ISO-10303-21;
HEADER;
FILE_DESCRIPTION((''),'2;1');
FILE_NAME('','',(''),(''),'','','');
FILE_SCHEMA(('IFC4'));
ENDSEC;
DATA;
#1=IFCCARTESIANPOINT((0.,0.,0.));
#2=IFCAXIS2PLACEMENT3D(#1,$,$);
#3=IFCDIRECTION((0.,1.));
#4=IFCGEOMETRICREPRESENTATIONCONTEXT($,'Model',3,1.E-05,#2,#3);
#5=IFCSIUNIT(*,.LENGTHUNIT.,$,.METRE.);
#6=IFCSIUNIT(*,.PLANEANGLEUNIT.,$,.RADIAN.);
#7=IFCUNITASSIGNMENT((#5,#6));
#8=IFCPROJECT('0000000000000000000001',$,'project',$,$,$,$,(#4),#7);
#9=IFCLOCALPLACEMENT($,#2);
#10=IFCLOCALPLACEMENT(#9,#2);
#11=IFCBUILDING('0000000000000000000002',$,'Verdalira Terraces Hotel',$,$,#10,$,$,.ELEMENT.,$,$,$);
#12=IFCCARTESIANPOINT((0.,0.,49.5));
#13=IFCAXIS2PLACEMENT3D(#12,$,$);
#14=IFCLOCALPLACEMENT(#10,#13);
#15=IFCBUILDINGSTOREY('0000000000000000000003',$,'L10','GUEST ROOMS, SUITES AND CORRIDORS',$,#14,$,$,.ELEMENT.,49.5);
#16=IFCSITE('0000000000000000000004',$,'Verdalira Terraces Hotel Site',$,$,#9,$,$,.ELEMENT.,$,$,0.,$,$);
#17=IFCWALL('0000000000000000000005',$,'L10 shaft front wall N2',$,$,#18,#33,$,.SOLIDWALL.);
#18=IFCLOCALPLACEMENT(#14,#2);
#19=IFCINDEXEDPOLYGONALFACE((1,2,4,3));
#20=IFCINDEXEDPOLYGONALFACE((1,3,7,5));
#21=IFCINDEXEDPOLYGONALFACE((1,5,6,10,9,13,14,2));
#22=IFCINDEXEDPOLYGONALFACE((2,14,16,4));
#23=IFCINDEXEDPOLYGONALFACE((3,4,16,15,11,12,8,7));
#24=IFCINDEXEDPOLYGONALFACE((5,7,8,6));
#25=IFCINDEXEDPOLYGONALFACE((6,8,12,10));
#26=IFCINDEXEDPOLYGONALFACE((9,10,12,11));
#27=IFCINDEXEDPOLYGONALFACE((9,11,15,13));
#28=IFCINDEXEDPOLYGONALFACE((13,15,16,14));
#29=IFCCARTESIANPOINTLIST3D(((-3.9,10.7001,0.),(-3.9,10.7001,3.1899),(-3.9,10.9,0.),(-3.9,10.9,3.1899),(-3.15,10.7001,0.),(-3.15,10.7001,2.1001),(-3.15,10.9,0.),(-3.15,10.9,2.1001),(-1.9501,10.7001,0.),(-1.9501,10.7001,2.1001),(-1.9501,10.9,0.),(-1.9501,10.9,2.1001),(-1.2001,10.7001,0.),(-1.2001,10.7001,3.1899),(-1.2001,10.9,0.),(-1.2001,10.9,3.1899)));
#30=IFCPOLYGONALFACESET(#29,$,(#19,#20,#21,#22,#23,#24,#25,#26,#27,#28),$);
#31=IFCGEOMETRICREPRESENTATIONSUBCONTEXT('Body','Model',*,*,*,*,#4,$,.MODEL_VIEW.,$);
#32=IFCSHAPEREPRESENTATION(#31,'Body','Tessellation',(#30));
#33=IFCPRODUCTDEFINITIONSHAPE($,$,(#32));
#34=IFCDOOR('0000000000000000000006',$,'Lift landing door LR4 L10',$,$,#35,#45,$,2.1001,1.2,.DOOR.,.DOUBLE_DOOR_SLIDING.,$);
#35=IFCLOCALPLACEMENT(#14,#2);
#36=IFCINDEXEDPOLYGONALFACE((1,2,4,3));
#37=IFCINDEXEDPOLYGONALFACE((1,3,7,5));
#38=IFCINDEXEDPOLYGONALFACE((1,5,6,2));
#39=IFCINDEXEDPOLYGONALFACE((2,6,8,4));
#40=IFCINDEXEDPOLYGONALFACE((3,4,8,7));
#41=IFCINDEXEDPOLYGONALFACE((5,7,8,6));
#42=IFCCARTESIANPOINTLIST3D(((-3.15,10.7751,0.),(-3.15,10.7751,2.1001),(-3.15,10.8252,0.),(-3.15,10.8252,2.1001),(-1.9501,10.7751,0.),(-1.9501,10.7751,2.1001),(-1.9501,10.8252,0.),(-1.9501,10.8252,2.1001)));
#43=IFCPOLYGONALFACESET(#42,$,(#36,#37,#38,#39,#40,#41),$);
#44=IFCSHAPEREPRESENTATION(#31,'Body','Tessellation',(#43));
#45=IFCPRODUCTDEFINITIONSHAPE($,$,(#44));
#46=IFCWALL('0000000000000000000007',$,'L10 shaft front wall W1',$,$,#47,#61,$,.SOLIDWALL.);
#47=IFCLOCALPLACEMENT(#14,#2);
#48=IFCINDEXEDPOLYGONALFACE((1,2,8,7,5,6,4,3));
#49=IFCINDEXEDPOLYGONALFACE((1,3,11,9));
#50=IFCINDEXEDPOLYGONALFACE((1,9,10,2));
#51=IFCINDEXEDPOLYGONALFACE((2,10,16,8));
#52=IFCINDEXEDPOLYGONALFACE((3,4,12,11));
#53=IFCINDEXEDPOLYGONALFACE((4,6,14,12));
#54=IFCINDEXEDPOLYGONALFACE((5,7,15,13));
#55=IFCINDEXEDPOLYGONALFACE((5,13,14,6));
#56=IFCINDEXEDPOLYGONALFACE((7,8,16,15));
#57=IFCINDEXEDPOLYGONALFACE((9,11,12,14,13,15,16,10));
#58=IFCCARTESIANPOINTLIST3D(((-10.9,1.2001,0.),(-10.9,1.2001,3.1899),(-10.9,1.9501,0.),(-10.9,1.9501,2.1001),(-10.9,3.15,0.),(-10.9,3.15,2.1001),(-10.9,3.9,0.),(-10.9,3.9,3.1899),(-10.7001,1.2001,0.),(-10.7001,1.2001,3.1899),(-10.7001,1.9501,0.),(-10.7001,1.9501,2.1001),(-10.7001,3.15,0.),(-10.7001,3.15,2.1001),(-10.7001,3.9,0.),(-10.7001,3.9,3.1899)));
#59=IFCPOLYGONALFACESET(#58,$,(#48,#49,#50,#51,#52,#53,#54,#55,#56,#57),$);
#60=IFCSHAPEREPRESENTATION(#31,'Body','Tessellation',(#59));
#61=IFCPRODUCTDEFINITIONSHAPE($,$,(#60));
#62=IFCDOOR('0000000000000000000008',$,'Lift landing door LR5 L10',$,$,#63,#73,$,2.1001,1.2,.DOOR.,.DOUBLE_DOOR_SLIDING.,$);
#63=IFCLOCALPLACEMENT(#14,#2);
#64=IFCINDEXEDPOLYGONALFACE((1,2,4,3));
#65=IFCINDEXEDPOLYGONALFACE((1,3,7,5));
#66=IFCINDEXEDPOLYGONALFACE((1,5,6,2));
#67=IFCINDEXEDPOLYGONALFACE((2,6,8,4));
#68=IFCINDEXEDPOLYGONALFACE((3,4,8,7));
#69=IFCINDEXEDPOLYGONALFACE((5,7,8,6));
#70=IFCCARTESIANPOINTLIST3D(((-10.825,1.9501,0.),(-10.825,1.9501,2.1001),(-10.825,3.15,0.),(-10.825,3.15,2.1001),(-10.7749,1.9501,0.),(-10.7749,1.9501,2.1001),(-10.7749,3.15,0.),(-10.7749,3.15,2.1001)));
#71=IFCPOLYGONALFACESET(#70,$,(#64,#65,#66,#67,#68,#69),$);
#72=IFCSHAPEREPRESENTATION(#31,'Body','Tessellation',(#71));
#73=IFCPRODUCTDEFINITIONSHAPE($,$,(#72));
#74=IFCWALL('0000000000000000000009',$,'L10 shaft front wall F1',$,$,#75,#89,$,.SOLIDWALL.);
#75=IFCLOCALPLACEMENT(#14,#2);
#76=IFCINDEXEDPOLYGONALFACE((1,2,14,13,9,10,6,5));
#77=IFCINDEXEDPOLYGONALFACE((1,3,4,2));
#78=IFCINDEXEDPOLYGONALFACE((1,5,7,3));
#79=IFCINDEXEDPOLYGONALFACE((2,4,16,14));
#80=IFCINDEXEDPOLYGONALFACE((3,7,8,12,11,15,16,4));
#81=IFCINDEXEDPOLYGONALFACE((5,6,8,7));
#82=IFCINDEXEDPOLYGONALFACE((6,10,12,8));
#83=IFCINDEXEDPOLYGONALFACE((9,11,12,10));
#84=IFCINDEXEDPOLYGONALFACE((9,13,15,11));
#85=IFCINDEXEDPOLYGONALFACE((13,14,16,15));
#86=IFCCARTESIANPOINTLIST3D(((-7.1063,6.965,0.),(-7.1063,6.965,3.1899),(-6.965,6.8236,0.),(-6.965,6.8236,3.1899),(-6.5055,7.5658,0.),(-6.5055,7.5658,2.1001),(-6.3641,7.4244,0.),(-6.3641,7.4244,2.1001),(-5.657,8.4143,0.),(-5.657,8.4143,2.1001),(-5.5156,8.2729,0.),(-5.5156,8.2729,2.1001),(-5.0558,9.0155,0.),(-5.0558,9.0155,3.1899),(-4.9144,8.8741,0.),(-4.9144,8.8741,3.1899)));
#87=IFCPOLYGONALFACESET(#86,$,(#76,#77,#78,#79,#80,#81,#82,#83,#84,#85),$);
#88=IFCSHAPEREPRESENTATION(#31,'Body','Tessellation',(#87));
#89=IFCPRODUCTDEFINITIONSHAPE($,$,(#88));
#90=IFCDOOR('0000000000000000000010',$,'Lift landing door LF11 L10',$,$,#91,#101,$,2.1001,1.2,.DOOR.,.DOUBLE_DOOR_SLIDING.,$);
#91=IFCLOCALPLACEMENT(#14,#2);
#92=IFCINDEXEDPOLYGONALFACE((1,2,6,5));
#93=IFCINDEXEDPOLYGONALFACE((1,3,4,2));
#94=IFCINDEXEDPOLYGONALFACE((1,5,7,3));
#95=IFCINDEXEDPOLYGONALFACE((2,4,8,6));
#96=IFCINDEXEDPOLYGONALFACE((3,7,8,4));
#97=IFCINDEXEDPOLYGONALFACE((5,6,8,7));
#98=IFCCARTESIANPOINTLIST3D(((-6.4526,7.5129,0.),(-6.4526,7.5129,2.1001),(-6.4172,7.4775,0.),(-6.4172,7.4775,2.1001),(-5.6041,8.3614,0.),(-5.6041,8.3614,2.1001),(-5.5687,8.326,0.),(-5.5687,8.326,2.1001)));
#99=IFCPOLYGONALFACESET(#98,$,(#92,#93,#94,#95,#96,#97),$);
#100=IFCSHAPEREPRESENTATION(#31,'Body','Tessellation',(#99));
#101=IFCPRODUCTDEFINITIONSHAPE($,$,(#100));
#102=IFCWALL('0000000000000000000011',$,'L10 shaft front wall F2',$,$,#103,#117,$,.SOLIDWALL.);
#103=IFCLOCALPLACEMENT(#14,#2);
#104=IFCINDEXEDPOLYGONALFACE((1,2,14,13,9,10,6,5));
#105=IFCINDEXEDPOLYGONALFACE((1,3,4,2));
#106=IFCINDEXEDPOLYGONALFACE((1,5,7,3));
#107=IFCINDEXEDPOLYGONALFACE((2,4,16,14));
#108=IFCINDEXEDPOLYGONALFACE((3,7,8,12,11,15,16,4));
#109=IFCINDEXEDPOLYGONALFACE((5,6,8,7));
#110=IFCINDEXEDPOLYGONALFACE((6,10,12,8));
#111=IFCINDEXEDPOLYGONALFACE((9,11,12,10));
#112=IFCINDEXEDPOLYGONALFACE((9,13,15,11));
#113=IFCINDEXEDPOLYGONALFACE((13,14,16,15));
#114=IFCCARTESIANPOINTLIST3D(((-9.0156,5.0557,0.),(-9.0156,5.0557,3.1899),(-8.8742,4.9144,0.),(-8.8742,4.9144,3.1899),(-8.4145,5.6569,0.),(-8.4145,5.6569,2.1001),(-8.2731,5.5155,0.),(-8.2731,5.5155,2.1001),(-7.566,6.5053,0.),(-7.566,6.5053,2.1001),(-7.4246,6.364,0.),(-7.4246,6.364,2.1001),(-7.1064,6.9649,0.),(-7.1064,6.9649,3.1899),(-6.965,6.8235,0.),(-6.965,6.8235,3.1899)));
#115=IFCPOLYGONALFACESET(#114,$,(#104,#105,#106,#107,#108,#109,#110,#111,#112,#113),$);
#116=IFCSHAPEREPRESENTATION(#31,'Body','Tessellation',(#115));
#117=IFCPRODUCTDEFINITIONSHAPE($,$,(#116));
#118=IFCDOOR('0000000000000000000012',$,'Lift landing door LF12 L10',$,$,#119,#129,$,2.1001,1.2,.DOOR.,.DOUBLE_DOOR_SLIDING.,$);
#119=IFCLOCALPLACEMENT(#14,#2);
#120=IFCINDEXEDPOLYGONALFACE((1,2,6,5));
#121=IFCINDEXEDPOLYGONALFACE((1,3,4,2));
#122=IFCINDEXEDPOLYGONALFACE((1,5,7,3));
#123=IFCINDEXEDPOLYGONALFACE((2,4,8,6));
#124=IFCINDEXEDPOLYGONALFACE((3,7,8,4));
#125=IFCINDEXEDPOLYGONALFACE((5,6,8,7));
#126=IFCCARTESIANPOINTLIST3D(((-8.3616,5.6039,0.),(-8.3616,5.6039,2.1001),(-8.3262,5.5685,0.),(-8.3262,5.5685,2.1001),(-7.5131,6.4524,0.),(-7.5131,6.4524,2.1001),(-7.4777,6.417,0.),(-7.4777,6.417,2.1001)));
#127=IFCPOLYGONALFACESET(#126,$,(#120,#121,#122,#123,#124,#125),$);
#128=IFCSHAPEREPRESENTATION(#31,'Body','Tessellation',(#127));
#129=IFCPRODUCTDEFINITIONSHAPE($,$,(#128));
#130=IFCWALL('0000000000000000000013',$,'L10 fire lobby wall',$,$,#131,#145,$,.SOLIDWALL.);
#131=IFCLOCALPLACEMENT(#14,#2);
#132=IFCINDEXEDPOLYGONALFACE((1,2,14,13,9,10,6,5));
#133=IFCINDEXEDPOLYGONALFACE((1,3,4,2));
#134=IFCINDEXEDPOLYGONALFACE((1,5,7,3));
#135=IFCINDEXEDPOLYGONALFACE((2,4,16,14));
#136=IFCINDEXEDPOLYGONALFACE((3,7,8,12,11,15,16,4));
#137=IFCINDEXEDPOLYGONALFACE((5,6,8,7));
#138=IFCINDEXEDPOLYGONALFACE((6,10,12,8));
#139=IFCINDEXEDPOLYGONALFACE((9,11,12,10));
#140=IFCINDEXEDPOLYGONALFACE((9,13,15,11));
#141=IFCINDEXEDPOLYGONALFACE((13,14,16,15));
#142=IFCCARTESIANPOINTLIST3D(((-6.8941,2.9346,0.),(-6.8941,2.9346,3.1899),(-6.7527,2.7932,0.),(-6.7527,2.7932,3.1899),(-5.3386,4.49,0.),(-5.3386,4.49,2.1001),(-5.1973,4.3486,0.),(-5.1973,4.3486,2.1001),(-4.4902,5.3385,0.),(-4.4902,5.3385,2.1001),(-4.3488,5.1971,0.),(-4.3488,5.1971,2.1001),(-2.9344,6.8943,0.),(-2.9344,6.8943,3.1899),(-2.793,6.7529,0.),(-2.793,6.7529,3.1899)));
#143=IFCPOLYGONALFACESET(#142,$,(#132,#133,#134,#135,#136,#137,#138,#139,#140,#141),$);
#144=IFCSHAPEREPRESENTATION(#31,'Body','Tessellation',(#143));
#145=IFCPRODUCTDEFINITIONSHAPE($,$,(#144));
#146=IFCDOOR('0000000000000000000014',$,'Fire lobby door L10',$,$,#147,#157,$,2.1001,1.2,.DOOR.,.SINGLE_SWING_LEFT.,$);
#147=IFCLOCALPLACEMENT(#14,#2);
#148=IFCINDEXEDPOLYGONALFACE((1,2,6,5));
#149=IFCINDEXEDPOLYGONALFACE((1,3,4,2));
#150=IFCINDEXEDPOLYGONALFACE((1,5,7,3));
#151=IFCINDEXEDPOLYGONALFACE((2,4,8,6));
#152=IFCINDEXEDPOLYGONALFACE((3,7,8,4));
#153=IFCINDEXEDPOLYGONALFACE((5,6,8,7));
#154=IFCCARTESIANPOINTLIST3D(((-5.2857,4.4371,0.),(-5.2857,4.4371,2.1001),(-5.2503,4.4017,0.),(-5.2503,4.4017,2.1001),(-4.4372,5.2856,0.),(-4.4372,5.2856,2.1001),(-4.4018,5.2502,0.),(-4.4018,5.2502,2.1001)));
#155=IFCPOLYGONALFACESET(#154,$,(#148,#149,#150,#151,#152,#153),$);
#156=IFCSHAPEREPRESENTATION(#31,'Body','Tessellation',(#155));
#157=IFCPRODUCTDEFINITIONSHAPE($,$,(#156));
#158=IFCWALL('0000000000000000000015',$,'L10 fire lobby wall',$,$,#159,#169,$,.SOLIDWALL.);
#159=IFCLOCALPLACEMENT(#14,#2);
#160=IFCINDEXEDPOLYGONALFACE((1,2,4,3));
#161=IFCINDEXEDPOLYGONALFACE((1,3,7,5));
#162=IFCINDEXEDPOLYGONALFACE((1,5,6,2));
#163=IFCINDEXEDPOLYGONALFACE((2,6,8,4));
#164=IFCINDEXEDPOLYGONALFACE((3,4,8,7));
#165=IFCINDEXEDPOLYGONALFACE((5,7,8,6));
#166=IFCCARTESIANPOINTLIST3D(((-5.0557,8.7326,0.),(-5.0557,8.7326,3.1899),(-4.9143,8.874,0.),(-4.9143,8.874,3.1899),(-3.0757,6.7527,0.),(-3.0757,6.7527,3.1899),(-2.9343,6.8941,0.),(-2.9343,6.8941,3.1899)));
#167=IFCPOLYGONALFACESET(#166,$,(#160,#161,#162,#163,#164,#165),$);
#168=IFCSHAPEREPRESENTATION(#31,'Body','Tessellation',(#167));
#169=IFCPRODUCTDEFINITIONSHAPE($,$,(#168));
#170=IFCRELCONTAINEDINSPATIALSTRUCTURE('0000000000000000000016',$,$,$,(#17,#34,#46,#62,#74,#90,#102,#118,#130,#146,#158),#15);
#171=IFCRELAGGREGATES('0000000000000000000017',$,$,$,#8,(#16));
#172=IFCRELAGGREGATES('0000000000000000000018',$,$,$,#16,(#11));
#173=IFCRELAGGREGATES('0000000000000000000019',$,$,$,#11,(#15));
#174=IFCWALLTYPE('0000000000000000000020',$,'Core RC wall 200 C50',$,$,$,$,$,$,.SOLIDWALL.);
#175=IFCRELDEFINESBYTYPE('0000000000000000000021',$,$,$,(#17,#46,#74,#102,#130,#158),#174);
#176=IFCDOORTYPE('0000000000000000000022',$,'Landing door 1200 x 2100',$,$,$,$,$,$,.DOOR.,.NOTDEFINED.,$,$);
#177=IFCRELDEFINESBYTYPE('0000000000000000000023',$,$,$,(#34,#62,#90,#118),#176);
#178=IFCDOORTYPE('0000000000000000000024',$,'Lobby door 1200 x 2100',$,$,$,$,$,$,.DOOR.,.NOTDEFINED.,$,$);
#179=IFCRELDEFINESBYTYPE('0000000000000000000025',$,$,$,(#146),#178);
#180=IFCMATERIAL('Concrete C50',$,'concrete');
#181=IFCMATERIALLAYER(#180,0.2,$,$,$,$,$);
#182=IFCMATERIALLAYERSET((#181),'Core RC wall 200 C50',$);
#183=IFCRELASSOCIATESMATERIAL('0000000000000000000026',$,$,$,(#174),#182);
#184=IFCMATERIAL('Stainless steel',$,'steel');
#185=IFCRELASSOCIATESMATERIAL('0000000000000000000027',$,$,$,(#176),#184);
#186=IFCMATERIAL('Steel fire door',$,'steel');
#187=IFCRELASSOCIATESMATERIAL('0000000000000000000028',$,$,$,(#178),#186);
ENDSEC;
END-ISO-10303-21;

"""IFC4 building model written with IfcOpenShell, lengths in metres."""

from ifc_helpers import new_model, si_unit, direction, frame, frame_2d, origin, place, context, subcontext, project, spatial, rectangle, extrude, material, layer, layer_set, type_object, element, fill, save


model = new_model("IFC4")

# Units and contexts
model_context = context("Model", 3, precision=1e-05, world=origin(), true_north=direction((0.0, 1.0)))
body_context = subcontext(model_context, "Body", "Model", "MODEL_VIEW")
ifc_project = project(units=[si_unit("LENGTHUNIT", "METRE"), si_unit("PLANEANGLEUNIT", "RADIAN")], contexts=[model_context])

# Site, building, storey
site_placement = place(None, origin())
site = spatial("IfcSite", under=ifc_project, at=site_placement, Name="Verdalira Terraces Hotel Site", CompositionType="ELEMENT", RefElevation=0.0)
building_placement = place(site_placement, origin())
building = spatial("IfcBuilding", under=site, at=building_placement, Name="Verdalira Terraces Hotel", CompositionType="ELEMENT")
storey_placement = place(building_placement, frame((0.0, 0.0, 49.5)))
storey = spatial("IfcBuildingStorey", under=building, at=storey_placement, Name="L10", Description="GUEST ROOMS, SUITES AND CORRIDORS", CompositionType="ELEMENT", Elevation=49.5)

# Walls, openings, doors
ifc_material_1 = material(Name="Concrete C50", Category="concrete")
ifc_layer_1 = layer(ifc_material_1, 0.2)
ifc_layer_set_1 = layer_set([ifc_layer_1], Name="Core RC wall 200 C50")
wall_type_1 = type_object("IfcWallType", Name="Core RC wall 200 C50", PredefinedType="SOLIDWALL", material=ifc_layer_set_1)
wall_1_placement = place(storey_placement, frame((-1.2, 10.8, 0.0), z_axis=(0.0, 0.0, 1.0), x_axis=(-1.0, 0.0, 0.0)))
wall_1 = element("IfcWall", 1, at=wall_1_placement, inside=storey, type_object=wall_type_1, Name="L10 shaft front wall N2", PredefinedType="SOLIDWALL", context=body_context, shape_type="SweptSolid", body=[
    extrude(rectangle(XDim=2.7, YDim=0.2, at=frame_2d((1.3501, 0.0))), origin(), (0.0, 0.0, 1.0), 3.1899),
])
opening_1_placement = place(wall_1_placement, frame((0.75, 0.0, 0.0)))
opening_1 = element("IfcOpeningElement", 2, at=opening_1_placement, cuts=wall_1, PredefinedType="OPENING", context=body_context, shape_type="SweptSolid", body=[
    extrude(rectangle(XDim=1.2, YDim=2.1001, at=frame_2d((0.6001, 1.05))), frame((0.0, 0.1099, 0.0), z_axis=(0.0, -1.0, 0.0), x_axis=(1.0, 0.0, 0.0)), (0.0, 0.0, 1.0), 0.22),
])
ifc_material_2 = material(Name="Stainless steel", Category="steel")
door_type_1 = type_object("IfcDoorType", Name="Landing door 1200 x 2100", OperationType="NOTDEFINED", PredefinedType="DOOR", material=ifc_material_2)
door_1_placement = place(opening_1_placement, origin())
door_1 = element("IfcDoor", 3, at=door_1_placement, inside=storey, type_object=door_type_1, Name="Lift landing door LR4 L10", OperationType="DOUBLE_DOOR_SLIDING", OverallHeight=2.1001, OverallWidth=1.2, PredefinedType="DOOR", context=body_context, shape_type="SweptSolid", body=[
    extrude(rectangle(XDim=1.2, YDim=2.1001, at=frame_2d((0.6001, 1.05))), frame((0.0, 0.0249, 0.0), z_axis=(0.0, -1.0, 0.0), x_axis=(1.0, 0.0, 0.0)), (0.0, 0.0, 1.0), 0.05),
])
fill(opening_1, door_1)
wall_2_placement = place(storey_placement, frame((-10.8, 1.2, 0.0), z_axis=(0.0, 0.0, 1.0), x_axis=(0.0, 1.0, 0.0)))
wall_2 = element("IfcWall", 4, at=wall_2_placement, inside=storey, type_object=wall_type_1, Name="L10 shaft front wall W1", PredefinedType="SOLIDWALL", context=body_context, shape_type="SweptSolid", body=[
    extrude(rectangle(XDim=2.7, YDim=0.2, at=frame_2d((1.3501, 0.0))), origin(), (0.0, 0.0, 1.0), 3.1899),
])
opening_2_placement = place(wall_2_placement, frame((0.75, 0.0, 0.0)))
opening_2 = element("IfcOpeningElement", 5, at=opening_2_placement, cuts=wall_2, PredefinedType="OPENING", context=body_context, shape_type="SweptSolid", body=[
    extrude(rectangle(XDim=1.2, YDim=2.1001, at=frame_2d((0.6001, 1.05))), frame((0.0, 0.1099, 0.0), z_axis=(0.0, -1.0, 0.0), x_axis=(1.0, 0.0, 0.0)), (0.0, 0.0, 1.0), 0.22),
])
door_2_placement = place(opening_2_placement, origin())
door_2 = element("IfcDoor", 6, at=door_2_placement, inside=storey, type_object=door_type_1, Name="Lift landing door LR5 L10", OperationType="DOUBLE_DOOR_SLIDING", OverallHeight=2.1001, OverallWidth=1.2, PredefinedType="DOOR", context=body_context, shape_type="SweptSolid", body=[
    extrude(rectangle(XDim=1.2, YDim=2.1001, at=frame_2d((0.6001, 1.05))), frame((0.0, 0.0249, 0.0), z_axis=(0.0, -1.0, 0.0), x_axis=(1.0, 0.0, 0.0)), (0.0, 0.0, 1.0), 0.05),
])
fill(opening_2, door_2)
wall_3_placement = place(storey_placement, frame((-4.9851, 8.9448, 0.0), z_axis=(0.0, 0.0, 1.0), x_axis=(-0.707107, -0.707107, 0.0)))
wall_3 = element("IfcWall", 7, at=wall_3_placement, inside=storey, type_object=wall_type_1, Name="L10 shaft front wall F1", PredefinedType="SOLIDWALL", context=body_context, shape_type="SweptSolid", body=[
    extrude(rectangle(XDim=2.8999, YDim=0.2, at=frame_2d((1.45, 0.0))), origin(), (0.0, 0.0, 1.0), 3.1899),
])
opening_3_placement = place(wall_3_placement, frame((0.8501, 0.0, 0.0)))
opening_3 = element("IfcOpeningElement", 8, at=opening_3_placement, cuts=wall_3, PredefinedType="OPENING", context=body_context, shape_type="SweptSolid", body=[
    extrude(rectangle(XDim=1.2, YDim=2.1001, at=frame_2d((0.6001, 1.05))), frame((0.0, 0.1099, 0.0), z_axis=(0.0, -1.0, 0.0), x_axis=(1.0, 0.0, 0.0)), (0.0, 0.0, 1.0), 0.22),
])
door_3_placement = place(opening_3_placement, origin())
door_3 = element("IfcDoor", 9, at=door_3_placement, inside=storey, type_object=door_type_1, Name="Lift landing door LF11 L10", OperationType="DOUBLE_DOOR_SLIDING", OverallHeight=2.1001, OverallWidth=1.2, PredefinedType="DOOR", context=body_context, shape_type="SweptSolid", body=[
    extrude(rectangle(XDim=1.2, YDim=2.1001, at=frame_2d((0.6001, 1.05))), frame((0.0, 0.0249, 0.0), z_axis=(0.0, -1.0, 0.0), x_axis=(1.0, 0.0, 0.0)), (0.0, 0.0, 1.0), 0.05),
])
fill(opening_3, door_3)
wall_4_placement = place(storey_placement, frame((-7.0356, 6.8943, 0.0), z_axis=(0.0, 0.0, 1.0), x_axis=(-0.707107, -0.707107, 0.0)))
wall_4 = element("IfcWall", 10, at=wall_4_placement, inside=storey, type_object=wall_type_1, Name="L10 shaft front wall F2", PredefinedType="SOLIDWALL", context=body_context, shape_type="SweptSolid", body=[
    extrude(rectangle(XDim=2.7, YDim=0.2, at=frame_2d((1.3501, 0.0))), origin(), (0.0, 0.0, 1.0), 3.1899),
])
opening_4_placement = place(wall_4_placement, frame((0.6499, 0.0, 0.0)))
opening_4 = element("IfcOpeningElement", 11, at=opening_4_placement, cuts=wall_4, PredefinedType="OPENING", context=body_context, shape_type="SweptSolid", body=[
    extrude(rectangle(XDim=1.2, YDim=2.1001, at=frame_2d((0.6001, 1.05))), frame((0.0, 0.1099, 0.0), z_axis=(0.0, -1.0, 0.0), x_axis=(1.0, 0.0, 0.0)), (0.0, 0.0, 1.0), 0.22),
])
door_4_placement = place(opening_4_placement, origin())
door_4 = element("IfcDoor", 12, at=door_4_placement, inside=storey, type_object=door_type_1, Name="Lift landing door LF12 L10", OperationType="DOUBLE_DOOR_SLIDING", OverallHeight=2.1001, OverallWidth=1.2, PredefinedType="DOOR", context=body_context, shape_type="SweptSolid", body=[
    extrude(rectangle(XDim=1.2, YDim=2.1001, at=frame_2d((0.6001, 1.05))), frame((0.0, 0.0249, 0.0), z_axis=(0.0, -1.0, 0.0), x_axis=(1.0, 0.0, 0.0)), (0.0, 0.0, 1.0), 0.05),
])
fill(opening_4, door_4)
wall_5_placement = place(storey_placement, frame((-2.8638, 6.8235, 0.0), z_axis=(0.0, 0.0, 1.0), x_axis=(-0.707107, -0.707107, 0.0)))
wall_5 = element("IfcWall", 13, at=wall_5_placement, inside=storey, type_object=wall_type_1, Name="L10 fire lobby wall", PredefinedType="SOLIDWALL", context=body_context, shape_type="SweptSolid", body=[
    extrude(rectangle(XDim=5.5999, YDim=0.2, at=frame_2d((2.7998, 0.0))), origin(), (0.0, 0.0, 1.0), 3.1899),
])
opening_5_placement = place(wall_5_placement, frame((2.2, 0.0, 0.0)))
opening_5 = element("IfcOpeningElement", 14, at=opening_5_placement, cuts=wall_5, PredefinedType="OPENING", context=body_context, shape_type="SweptSolid", body=[
    extrude(rectangle(XDim=1.2, YDim=2.1001, at=frame_2d((0.6001, 1.05))), frame((0.0, 0.1099, 0.0), z_axis=(0.0, -1.0, 0.0), x_axis=(1.0, 0.0, 0.0)), (0.0, 0.0, 1.0), 0.22),
])
ifc_material_3 = material(Name="Steel fire door", Category="steel")
door_type_2 = type_object("IfcDoorType", Name="Lobby door 1200 x 2100", OperationType="NOTDEFINED", PredefinedType="DOOR", material=ifc_material_3)
door_5_placement = place(opening_5_placement, origin())
door_5 = element("IfcDoor", 15, at=door_5_placement, inside=storey, type_object=door_type_2, Name="Fire lobby door L10", OperationType="SINGLE_SWING_LEFT", OverallHeight=2.1001, OverallWidth=1.2, PredefinedType="DOOR", context=body_context, shape_type="SweptSolid", body=[
    extrude(rectangle(XDim=1.2, YDim=2.1001, at=frame_2d((0.6001, 1.05))), frame((0.0, 0.0249, 0.0), z_axis=(0.0, -1.0, 0.0), x_axis=(1.0, 0.0, 0.0)), (0.0, 0.0, 1.0), 0.05),
])
fill(opening_5, door_5)

# Wall
for number, where, z_axis, x_axis, name in (
    (16, (-3.0051, 6.8235, 0.0), (0.0, 0.0, 1.0), (-0.707107, 0.707107, 0.0), "L10 fire lobby wall"),
):
    element("IfcWall", number, at=place(storey_placement, frame(where, z_axis=z_axis, x_axis=x_axis)), inside=storey, type_object=wall_type_1, Name=name, PredefinedType="SOLIDWALL", context=body_context, shape_type="SweptSolid", body=[
        extrude(rectangle(XDim=2.8, YDim=0.2, at=frame_2d((1.3999, 0.0))), origin(), (0.0, 0.0, 1.0), 3.1899),
    ])

save(model, "model.ifc")
